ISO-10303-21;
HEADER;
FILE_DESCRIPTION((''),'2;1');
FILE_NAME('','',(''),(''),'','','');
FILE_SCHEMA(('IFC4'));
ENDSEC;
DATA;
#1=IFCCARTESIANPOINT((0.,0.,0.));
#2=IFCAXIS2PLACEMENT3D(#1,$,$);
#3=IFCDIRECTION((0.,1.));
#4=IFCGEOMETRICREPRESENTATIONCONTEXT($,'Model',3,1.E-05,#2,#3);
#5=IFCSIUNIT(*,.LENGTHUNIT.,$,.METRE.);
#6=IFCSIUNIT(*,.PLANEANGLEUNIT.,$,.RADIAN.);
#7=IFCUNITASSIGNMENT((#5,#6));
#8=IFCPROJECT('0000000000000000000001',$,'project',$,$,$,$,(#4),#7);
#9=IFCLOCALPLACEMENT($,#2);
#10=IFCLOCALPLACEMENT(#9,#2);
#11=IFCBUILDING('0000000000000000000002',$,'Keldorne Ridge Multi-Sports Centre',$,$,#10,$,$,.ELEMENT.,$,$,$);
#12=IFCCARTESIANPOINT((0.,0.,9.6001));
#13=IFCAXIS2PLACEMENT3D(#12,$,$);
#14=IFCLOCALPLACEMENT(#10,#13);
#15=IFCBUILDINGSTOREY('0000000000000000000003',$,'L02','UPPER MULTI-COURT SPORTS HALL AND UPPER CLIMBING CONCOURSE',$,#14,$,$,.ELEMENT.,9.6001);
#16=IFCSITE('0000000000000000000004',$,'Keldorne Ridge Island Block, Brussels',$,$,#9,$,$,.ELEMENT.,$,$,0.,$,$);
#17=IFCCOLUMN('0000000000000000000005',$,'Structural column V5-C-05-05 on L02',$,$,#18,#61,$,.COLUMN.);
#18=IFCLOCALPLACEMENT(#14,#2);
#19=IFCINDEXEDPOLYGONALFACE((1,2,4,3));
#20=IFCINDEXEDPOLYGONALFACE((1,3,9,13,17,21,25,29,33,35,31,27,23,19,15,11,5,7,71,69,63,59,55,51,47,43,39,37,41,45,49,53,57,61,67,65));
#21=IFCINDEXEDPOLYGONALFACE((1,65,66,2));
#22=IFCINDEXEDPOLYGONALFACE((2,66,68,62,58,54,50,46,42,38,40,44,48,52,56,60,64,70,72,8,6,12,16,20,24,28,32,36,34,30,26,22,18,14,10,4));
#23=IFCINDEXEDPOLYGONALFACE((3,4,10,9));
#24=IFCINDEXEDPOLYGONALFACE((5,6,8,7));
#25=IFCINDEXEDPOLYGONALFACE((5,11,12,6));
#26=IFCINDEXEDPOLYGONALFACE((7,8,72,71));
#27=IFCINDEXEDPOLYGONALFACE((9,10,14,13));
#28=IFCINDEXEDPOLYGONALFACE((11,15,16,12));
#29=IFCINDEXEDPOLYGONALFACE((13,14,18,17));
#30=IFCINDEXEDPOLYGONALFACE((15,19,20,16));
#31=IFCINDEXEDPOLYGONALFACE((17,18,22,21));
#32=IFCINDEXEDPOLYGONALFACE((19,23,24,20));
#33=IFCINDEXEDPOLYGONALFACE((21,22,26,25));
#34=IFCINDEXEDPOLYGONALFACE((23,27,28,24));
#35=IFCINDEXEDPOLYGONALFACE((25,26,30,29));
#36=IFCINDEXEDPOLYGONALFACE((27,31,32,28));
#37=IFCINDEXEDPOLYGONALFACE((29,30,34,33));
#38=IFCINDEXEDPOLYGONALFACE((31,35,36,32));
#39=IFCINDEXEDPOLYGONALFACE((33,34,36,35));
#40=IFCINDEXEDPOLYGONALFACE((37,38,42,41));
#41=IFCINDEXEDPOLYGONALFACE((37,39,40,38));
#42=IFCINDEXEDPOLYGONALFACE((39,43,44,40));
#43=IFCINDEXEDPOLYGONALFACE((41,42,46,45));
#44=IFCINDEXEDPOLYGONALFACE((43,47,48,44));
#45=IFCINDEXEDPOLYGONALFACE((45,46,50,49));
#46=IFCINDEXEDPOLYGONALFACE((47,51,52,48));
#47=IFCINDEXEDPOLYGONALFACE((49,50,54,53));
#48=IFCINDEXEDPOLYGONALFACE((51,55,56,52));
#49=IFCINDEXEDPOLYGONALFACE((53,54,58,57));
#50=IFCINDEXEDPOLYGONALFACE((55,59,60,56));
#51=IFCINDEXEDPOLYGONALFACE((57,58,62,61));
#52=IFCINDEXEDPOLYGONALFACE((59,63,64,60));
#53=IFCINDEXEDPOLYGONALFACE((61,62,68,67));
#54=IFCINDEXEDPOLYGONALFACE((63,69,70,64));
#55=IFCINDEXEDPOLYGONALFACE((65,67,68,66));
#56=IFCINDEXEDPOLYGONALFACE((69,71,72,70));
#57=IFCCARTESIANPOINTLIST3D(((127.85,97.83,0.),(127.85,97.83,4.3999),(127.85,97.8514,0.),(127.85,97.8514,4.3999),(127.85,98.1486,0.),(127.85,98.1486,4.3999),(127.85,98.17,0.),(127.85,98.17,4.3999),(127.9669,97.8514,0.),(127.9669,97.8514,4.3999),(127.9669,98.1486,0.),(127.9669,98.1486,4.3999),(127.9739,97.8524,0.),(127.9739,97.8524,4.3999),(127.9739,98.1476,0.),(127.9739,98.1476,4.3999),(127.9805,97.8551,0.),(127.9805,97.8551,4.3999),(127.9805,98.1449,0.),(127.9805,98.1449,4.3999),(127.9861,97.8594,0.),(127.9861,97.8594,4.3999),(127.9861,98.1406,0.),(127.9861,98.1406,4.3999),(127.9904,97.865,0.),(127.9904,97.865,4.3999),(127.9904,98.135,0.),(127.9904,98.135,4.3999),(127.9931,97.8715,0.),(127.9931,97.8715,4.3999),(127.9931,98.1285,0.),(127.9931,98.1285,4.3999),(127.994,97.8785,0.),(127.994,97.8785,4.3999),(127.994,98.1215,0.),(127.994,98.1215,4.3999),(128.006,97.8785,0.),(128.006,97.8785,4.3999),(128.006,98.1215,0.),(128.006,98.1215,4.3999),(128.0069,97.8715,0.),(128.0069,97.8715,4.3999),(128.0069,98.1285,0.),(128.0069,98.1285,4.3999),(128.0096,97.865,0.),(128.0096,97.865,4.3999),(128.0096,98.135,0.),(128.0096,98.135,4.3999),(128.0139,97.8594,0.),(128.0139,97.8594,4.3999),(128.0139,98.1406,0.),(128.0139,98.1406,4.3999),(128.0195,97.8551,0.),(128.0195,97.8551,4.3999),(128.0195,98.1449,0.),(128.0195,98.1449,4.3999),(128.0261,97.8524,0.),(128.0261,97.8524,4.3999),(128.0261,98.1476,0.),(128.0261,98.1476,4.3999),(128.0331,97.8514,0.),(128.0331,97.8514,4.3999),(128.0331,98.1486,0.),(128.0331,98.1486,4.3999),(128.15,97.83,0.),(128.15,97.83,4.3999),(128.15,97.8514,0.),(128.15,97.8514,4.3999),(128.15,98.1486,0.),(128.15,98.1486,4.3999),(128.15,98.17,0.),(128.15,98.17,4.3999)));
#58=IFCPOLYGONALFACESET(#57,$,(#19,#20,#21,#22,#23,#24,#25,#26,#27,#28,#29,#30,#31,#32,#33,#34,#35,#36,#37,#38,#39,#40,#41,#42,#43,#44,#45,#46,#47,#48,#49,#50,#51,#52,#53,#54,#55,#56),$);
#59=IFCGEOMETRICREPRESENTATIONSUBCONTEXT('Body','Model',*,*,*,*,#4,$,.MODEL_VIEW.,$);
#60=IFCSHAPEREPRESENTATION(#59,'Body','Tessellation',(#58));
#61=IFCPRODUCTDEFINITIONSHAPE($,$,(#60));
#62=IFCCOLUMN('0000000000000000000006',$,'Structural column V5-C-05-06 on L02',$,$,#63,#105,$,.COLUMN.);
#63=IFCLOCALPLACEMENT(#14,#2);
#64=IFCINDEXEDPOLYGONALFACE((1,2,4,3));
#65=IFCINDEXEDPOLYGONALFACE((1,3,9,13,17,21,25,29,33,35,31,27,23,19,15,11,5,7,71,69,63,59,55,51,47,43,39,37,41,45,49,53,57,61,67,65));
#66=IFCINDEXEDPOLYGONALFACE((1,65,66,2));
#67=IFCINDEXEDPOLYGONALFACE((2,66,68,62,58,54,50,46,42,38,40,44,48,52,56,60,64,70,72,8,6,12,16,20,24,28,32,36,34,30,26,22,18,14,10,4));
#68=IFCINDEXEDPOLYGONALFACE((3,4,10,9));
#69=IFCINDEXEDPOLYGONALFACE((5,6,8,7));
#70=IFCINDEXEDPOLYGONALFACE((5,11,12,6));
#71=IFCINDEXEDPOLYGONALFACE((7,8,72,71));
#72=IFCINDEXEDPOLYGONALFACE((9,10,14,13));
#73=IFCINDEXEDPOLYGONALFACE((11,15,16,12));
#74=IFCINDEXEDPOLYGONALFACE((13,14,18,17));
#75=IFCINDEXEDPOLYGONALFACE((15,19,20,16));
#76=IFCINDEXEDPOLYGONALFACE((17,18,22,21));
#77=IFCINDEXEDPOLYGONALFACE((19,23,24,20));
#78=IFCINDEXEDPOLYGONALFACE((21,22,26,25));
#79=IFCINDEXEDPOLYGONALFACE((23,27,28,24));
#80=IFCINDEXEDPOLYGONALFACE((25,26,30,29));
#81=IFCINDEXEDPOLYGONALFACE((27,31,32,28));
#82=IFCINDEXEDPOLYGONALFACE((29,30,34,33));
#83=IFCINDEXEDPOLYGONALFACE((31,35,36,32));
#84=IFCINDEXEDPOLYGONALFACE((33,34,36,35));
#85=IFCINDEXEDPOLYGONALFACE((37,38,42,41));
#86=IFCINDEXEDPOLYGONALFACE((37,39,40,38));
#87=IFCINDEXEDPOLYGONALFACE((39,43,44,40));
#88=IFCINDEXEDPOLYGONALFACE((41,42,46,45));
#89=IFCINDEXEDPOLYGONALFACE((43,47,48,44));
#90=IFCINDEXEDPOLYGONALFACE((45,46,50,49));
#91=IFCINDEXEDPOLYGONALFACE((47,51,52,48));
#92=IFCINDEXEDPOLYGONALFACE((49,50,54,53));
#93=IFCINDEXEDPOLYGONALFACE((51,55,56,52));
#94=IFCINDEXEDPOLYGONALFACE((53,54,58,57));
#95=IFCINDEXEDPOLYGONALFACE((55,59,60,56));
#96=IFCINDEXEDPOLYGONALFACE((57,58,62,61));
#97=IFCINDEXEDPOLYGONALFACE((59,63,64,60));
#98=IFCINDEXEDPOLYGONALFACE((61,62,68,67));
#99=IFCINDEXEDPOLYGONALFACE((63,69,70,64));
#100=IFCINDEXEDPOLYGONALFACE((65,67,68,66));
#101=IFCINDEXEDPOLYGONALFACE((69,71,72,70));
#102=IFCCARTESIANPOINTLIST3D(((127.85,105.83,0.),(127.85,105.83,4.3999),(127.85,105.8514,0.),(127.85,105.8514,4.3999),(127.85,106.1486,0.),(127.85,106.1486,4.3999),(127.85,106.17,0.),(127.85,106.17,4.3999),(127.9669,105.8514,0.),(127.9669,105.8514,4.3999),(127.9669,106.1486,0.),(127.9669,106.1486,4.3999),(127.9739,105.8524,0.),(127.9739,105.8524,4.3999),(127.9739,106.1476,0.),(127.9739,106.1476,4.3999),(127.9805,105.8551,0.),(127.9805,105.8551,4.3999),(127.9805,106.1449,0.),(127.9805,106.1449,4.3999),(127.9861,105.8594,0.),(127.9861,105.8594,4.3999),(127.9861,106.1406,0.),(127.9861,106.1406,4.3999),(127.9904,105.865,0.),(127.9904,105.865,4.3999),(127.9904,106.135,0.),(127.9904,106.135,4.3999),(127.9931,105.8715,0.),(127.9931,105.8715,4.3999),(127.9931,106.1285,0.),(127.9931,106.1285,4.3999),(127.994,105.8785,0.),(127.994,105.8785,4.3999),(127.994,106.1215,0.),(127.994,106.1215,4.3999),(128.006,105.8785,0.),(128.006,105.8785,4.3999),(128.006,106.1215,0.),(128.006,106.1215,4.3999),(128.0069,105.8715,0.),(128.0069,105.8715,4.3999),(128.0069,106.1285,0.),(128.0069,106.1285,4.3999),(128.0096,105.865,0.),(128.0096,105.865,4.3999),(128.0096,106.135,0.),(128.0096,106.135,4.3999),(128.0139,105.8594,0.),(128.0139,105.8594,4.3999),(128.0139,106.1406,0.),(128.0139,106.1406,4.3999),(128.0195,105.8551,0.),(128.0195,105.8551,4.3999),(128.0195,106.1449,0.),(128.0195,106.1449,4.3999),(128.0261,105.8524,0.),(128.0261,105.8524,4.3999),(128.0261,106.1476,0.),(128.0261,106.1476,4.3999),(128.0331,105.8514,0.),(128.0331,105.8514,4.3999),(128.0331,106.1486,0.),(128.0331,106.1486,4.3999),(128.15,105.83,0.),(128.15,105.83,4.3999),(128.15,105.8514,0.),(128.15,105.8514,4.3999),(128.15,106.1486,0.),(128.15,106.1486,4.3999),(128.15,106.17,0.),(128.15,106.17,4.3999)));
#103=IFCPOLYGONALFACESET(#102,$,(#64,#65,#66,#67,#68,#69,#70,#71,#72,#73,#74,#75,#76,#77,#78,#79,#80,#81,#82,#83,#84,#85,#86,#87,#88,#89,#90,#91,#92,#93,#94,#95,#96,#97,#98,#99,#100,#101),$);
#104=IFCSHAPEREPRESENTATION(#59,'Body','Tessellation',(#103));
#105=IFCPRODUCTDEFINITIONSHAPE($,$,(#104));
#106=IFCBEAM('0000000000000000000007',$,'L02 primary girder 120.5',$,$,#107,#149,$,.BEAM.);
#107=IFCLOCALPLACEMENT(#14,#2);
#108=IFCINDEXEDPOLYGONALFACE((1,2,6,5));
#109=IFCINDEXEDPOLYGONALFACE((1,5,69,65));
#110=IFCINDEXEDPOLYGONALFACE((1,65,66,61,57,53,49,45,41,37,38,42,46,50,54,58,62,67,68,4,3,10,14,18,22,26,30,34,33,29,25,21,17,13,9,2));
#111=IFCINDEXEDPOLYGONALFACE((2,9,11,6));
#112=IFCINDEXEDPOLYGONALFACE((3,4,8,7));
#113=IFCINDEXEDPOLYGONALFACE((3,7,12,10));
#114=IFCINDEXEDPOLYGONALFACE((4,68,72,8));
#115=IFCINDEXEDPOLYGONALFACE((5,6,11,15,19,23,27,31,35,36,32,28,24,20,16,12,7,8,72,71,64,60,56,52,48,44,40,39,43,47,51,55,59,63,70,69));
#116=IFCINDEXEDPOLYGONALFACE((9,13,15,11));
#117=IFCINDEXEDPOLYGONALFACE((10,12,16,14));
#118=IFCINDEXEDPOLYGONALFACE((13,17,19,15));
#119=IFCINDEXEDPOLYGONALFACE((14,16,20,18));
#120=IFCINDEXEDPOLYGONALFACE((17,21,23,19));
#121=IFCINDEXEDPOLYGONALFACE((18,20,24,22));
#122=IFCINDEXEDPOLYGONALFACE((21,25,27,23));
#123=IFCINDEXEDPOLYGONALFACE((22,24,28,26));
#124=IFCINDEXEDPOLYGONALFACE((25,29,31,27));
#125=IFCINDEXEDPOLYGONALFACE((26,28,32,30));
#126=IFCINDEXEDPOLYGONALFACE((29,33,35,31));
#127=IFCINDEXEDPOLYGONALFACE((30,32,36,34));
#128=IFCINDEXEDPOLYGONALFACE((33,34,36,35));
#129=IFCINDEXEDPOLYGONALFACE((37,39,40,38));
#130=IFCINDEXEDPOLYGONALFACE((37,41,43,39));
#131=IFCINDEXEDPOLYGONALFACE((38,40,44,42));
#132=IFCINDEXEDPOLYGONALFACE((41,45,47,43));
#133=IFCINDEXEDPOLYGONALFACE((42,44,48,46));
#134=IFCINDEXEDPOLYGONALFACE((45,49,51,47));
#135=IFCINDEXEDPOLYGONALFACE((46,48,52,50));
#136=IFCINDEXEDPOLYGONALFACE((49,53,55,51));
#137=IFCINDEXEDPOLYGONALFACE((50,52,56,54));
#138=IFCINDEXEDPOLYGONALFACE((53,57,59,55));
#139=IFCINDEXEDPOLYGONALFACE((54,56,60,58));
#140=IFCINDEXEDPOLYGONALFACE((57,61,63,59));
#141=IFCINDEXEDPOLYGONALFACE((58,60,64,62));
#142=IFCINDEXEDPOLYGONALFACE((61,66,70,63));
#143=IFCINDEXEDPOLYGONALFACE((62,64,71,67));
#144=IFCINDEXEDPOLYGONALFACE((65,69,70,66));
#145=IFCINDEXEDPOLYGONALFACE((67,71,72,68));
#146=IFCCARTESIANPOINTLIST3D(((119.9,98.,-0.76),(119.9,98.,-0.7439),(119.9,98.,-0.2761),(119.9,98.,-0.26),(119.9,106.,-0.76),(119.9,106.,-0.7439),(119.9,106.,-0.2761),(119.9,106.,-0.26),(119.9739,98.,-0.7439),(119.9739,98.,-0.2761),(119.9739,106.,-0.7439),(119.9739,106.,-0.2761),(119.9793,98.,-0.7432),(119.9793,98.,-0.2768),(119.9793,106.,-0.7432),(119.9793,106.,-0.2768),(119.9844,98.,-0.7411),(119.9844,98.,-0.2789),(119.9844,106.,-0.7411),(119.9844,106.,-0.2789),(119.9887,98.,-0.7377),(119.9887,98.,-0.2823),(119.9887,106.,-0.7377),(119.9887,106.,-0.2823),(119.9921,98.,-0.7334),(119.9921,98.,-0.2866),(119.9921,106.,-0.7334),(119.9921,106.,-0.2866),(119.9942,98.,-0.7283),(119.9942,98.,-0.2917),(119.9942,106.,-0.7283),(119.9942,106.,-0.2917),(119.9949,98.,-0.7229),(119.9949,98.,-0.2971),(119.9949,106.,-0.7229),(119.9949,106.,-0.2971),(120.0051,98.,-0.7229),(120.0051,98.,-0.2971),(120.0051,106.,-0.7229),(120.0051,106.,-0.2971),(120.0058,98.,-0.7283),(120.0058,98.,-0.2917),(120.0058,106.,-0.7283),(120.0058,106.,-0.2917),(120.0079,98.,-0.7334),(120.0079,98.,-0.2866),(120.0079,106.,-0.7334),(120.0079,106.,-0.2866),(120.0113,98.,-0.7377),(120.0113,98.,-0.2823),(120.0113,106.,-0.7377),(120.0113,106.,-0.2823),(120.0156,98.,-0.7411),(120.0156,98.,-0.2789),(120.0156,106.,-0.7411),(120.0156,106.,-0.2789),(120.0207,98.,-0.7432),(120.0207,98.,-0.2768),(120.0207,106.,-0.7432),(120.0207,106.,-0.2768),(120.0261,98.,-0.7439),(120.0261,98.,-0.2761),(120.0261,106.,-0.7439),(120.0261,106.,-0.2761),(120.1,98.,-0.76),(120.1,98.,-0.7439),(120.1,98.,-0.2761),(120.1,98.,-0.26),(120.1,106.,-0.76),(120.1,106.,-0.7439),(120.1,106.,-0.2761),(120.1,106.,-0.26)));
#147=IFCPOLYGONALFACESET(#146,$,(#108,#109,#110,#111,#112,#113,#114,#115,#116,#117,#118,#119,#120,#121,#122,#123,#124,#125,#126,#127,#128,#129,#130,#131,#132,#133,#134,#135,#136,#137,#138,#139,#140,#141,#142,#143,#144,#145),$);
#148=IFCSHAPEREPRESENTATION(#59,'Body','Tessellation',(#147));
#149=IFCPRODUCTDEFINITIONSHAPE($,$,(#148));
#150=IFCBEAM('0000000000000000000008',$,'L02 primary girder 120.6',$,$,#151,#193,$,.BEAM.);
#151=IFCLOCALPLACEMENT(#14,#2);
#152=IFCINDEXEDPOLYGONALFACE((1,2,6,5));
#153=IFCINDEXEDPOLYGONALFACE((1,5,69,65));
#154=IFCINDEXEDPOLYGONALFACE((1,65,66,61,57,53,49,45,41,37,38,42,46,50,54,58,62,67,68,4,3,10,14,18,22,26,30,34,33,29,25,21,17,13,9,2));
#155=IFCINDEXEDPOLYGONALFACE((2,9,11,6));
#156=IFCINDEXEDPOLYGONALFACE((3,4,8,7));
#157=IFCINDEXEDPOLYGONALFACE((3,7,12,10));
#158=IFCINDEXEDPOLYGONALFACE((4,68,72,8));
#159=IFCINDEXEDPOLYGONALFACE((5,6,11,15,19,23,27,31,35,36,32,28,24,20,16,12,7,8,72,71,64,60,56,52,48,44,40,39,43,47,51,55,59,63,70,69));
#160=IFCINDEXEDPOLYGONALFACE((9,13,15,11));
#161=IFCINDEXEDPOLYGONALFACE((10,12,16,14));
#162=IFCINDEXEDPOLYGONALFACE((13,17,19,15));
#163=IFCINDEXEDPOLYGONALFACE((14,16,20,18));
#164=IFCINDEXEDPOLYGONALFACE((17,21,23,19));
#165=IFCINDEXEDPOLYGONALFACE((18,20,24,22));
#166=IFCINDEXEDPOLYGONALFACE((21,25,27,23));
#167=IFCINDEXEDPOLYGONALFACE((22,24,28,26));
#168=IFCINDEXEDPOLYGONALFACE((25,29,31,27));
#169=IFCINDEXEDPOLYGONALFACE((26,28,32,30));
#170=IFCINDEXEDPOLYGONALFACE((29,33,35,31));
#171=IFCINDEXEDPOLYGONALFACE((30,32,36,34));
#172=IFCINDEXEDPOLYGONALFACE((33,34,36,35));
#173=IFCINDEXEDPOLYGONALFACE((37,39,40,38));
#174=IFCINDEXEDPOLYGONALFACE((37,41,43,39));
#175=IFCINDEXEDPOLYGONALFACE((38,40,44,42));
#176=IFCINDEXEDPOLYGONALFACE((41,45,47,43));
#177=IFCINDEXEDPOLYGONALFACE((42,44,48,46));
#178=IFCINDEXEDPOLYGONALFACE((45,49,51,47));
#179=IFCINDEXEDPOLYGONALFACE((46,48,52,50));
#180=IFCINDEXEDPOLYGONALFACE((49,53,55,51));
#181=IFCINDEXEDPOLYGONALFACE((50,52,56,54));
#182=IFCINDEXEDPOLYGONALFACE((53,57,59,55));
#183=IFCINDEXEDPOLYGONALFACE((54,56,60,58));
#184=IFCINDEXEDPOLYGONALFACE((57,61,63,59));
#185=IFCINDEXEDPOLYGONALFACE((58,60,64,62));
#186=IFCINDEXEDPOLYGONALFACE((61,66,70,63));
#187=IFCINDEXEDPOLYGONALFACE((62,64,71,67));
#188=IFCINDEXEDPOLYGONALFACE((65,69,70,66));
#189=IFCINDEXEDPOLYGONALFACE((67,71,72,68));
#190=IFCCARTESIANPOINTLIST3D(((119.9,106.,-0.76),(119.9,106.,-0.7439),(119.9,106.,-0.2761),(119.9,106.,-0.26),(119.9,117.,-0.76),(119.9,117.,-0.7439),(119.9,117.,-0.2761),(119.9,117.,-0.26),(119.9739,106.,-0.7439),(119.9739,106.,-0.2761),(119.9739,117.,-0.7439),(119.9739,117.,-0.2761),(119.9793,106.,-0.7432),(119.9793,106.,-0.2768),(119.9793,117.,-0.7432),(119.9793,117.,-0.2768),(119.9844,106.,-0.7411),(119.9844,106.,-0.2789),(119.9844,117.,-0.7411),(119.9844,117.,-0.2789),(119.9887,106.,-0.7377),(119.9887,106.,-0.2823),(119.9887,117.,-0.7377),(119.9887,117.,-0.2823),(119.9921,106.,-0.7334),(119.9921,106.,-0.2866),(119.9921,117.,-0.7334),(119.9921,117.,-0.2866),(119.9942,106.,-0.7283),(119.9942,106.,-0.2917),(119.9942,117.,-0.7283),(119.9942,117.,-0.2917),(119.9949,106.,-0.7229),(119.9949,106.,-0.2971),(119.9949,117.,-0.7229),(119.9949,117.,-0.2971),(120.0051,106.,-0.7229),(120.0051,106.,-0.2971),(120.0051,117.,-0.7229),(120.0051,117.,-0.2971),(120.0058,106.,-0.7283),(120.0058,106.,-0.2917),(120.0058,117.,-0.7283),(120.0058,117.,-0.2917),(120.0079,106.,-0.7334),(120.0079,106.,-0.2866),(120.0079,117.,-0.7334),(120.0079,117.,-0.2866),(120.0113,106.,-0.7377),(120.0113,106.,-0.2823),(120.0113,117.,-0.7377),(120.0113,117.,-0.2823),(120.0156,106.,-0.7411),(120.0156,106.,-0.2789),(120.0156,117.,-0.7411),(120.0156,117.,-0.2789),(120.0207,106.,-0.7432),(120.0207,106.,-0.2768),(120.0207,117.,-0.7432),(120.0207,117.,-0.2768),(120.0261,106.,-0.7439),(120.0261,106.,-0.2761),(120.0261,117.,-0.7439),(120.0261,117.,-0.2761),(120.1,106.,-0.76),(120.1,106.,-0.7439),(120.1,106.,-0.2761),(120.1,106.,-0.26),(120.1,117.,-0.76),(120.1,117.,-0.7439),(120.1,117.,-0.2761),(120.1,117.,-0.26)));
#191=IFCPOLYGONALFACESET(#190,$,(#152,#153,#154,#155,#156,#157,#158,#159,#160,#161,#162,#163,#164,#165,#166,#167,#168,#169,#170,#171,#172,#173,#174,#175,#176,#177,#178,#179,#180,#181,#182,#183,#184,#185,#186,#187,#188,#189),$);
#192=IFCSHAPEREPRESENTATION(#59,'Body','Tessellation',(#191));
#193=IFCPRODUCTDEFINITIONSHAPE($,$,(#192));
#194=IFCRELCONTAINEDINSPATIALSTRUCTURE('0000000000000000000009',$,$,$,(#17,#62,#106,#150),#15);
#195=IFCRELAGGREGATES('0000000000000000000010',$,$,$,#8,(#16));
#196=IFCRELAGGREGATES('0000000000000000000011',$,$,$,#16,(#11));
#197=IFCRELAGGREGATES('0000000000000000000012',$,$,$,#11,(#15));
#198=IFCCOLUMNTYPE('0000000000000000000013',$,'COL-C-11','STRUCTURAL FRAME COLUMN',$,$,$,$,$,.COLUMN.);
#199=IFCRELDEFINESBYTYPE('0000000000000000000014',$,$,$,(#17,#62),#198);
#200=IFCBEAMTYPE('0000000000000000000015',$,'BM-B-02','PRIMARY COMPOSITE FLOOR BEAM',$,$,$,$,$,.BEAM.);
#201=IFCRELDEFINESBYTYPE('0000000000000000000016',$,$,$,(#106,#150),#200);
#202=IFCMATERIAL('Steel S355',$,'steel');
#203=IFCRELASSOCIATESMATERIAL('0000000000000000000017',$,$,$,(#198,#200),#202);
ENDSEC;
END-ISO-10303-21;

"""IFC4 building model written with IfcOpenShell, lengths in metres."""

from ifc_helpers import new_model, si_unit, direction, frame, origin, origin_2d, place, context, subcontext, project, spatial, i_section, extrude, material, material_profile, profile_set, type_object, element, save


model = new_model("IFC4")

# Units and contexts
model_context = context("Model", 3, precision=1e-05, world=origin(), true_north=direction((0.0, 1.0)))
body_context = subcontext(model_context, "Body", "Model", "MODEL_VIEW")
ifc_project = project(units=[si_unit("LENGTHUNIT", "METRE"), si_unit("PLANEANGLEUNIT", "RADIAN")], contexts=[model_context])

# Site, building, storey
site_placement = place(None, origin())
site = spatial("IfcSite", under=ifc_project, at=site_placement, Name="Keldorne Ridge Island Block, Brussels", CompositionType="ELEMENT", RefElevation=0.0)
building_placement = place(site_placement, origin())
building = spatial("IfcBuilding", under=site, at=building_placement, Name="Keldorne Ridge Multi-Sports Centre", CompositionType="ELEMENT")
storey_placement = place(building_placement, frame((0.0, 0.0, 9.6001)))
storey = spatial("IfcBuildingStorey", under=building, at=storey_placement, Name="L02", Description="UPPER MULTI-COURT SPORTS HALL AND UPPER CLIMBING CONCOURSE", CompositionType="ELEMENT", Elevation=9.6001)

# Columns
ifc_material_1 = material(Name="Steel S355", Category="steel")
ifc_material_profile_1 = material_profile(ifc_material_1, i_section(OverallWidth=0.3, OverallDepth=0.3401, WebThickness=0.012, FlangeThickness=0.0215, FilletRadius=0.0271, at=origin_2d()), Name="HEB 340")
ifc_profile_set_1 = profile_set([ifc_material_profile_1], Name="Steel S355")
column_type = type_object("IfcColumnType", Name="COL-C-11", Description="STRUCTURAL FRAME COLUMN", PredefinedType="COLUMN", material=ifc_profile_set_1)
for number, where, z_axis, x_axis, name in (
    (1, (128.0, 98.0, 0.0), (0.0, 0.0, 1.0), (1.0, 0.0, 0.0), "Structural column V5-C-05-05 on L02"),
    (2, (128.0, 106.0, 0.0), (0.0, 0.0, 1.0), (1.0, 0.0, 0.0), "Structural column V5-C-05-06 on L02"),
):
    element("IfcColumn", number, at=place(storey_placement, frame(where, z_axis=z_axis, x_axis=x_axis)), inside=storey, type_object=column_type, Name=name, PredefinedType="COLUMN", context=body_context, shape_type="SweptSolid", body=[
        extrude(i_section(OverallWidth=0.3, OverallDepth=0.3401, WebThickness=0.012, FlangeThickness=0.0215, FilletRadius=0.0271, at=origin_2d()), origin(), (0.0, 0.0, 1.0), 4.3999),
    ])

# Beams
ifc_material_profile_2 = material_profile(ifc_material_1, i_section(OverallWidth=0.2, OverallDepth=0.5, WebThickness=0.0103, FlangeThickness=0.0161, FilletRadius=0.021, at=origin_2d()), Name="IPE 500")
ifc_profile_set_2 = profile_set([ifc_material_profile_2], Name="Steel S355")
beam_type_1 = type_object("IfcBeamType", Name="BM-B-02", Description="PRIMARY COMPOSITE FLOOR BEAM", PredefinedType="BEAM", material=ifc_profile_set_2)
beam_1_placement = place(storey_placement, frame((120.0, 98.0, -0.51), z_axis=(0.0, 1.0, 0.0), x_axis=(-1.0, 0.0, 0.0)))
element("IfcBeam", 3, at=beam_1_placement, inside=storey, type_object=beam_type_1, Name="L02 primary girder 120.5", PredefinedType="BEAM", context=body_context, shape_type="SweptSolid", body=[
    extrude(i_section(OverallWidth=0.2, OverallDepth=0.5, WebThickness=0.0103, FlangeThickness=0.0161, FilletRadius=0.021, at=origin_2d()), origin(), (0.0, 0.0, 1.0), 8.0),
])
beam_2_placement = place(storey_placement, frame((120.0, 106.0, -0.51), z_axis=(0.0, 1.0, 0.0), x_axis=(-1.0, 0.0, 0.0)))
element("IfcBeam", 4, at=beam_2_placement, inside=storey, type_object=beam_type_1, Name="L02 primary girder 120.6", PredefinedType="BEAM", context=body_context, shape_type="SweptSolid", body=[
    extrude(i_section(OverallWidth=0.2, OverallDepth=0.5, WebThickness=0.0103, FlangeThickness=0.0161, FilletRadius=0.021, at=origin_2d()), origin(), (0.0, 0.0, 1.0), 11.0),
])

save(model, "model.ifc")
